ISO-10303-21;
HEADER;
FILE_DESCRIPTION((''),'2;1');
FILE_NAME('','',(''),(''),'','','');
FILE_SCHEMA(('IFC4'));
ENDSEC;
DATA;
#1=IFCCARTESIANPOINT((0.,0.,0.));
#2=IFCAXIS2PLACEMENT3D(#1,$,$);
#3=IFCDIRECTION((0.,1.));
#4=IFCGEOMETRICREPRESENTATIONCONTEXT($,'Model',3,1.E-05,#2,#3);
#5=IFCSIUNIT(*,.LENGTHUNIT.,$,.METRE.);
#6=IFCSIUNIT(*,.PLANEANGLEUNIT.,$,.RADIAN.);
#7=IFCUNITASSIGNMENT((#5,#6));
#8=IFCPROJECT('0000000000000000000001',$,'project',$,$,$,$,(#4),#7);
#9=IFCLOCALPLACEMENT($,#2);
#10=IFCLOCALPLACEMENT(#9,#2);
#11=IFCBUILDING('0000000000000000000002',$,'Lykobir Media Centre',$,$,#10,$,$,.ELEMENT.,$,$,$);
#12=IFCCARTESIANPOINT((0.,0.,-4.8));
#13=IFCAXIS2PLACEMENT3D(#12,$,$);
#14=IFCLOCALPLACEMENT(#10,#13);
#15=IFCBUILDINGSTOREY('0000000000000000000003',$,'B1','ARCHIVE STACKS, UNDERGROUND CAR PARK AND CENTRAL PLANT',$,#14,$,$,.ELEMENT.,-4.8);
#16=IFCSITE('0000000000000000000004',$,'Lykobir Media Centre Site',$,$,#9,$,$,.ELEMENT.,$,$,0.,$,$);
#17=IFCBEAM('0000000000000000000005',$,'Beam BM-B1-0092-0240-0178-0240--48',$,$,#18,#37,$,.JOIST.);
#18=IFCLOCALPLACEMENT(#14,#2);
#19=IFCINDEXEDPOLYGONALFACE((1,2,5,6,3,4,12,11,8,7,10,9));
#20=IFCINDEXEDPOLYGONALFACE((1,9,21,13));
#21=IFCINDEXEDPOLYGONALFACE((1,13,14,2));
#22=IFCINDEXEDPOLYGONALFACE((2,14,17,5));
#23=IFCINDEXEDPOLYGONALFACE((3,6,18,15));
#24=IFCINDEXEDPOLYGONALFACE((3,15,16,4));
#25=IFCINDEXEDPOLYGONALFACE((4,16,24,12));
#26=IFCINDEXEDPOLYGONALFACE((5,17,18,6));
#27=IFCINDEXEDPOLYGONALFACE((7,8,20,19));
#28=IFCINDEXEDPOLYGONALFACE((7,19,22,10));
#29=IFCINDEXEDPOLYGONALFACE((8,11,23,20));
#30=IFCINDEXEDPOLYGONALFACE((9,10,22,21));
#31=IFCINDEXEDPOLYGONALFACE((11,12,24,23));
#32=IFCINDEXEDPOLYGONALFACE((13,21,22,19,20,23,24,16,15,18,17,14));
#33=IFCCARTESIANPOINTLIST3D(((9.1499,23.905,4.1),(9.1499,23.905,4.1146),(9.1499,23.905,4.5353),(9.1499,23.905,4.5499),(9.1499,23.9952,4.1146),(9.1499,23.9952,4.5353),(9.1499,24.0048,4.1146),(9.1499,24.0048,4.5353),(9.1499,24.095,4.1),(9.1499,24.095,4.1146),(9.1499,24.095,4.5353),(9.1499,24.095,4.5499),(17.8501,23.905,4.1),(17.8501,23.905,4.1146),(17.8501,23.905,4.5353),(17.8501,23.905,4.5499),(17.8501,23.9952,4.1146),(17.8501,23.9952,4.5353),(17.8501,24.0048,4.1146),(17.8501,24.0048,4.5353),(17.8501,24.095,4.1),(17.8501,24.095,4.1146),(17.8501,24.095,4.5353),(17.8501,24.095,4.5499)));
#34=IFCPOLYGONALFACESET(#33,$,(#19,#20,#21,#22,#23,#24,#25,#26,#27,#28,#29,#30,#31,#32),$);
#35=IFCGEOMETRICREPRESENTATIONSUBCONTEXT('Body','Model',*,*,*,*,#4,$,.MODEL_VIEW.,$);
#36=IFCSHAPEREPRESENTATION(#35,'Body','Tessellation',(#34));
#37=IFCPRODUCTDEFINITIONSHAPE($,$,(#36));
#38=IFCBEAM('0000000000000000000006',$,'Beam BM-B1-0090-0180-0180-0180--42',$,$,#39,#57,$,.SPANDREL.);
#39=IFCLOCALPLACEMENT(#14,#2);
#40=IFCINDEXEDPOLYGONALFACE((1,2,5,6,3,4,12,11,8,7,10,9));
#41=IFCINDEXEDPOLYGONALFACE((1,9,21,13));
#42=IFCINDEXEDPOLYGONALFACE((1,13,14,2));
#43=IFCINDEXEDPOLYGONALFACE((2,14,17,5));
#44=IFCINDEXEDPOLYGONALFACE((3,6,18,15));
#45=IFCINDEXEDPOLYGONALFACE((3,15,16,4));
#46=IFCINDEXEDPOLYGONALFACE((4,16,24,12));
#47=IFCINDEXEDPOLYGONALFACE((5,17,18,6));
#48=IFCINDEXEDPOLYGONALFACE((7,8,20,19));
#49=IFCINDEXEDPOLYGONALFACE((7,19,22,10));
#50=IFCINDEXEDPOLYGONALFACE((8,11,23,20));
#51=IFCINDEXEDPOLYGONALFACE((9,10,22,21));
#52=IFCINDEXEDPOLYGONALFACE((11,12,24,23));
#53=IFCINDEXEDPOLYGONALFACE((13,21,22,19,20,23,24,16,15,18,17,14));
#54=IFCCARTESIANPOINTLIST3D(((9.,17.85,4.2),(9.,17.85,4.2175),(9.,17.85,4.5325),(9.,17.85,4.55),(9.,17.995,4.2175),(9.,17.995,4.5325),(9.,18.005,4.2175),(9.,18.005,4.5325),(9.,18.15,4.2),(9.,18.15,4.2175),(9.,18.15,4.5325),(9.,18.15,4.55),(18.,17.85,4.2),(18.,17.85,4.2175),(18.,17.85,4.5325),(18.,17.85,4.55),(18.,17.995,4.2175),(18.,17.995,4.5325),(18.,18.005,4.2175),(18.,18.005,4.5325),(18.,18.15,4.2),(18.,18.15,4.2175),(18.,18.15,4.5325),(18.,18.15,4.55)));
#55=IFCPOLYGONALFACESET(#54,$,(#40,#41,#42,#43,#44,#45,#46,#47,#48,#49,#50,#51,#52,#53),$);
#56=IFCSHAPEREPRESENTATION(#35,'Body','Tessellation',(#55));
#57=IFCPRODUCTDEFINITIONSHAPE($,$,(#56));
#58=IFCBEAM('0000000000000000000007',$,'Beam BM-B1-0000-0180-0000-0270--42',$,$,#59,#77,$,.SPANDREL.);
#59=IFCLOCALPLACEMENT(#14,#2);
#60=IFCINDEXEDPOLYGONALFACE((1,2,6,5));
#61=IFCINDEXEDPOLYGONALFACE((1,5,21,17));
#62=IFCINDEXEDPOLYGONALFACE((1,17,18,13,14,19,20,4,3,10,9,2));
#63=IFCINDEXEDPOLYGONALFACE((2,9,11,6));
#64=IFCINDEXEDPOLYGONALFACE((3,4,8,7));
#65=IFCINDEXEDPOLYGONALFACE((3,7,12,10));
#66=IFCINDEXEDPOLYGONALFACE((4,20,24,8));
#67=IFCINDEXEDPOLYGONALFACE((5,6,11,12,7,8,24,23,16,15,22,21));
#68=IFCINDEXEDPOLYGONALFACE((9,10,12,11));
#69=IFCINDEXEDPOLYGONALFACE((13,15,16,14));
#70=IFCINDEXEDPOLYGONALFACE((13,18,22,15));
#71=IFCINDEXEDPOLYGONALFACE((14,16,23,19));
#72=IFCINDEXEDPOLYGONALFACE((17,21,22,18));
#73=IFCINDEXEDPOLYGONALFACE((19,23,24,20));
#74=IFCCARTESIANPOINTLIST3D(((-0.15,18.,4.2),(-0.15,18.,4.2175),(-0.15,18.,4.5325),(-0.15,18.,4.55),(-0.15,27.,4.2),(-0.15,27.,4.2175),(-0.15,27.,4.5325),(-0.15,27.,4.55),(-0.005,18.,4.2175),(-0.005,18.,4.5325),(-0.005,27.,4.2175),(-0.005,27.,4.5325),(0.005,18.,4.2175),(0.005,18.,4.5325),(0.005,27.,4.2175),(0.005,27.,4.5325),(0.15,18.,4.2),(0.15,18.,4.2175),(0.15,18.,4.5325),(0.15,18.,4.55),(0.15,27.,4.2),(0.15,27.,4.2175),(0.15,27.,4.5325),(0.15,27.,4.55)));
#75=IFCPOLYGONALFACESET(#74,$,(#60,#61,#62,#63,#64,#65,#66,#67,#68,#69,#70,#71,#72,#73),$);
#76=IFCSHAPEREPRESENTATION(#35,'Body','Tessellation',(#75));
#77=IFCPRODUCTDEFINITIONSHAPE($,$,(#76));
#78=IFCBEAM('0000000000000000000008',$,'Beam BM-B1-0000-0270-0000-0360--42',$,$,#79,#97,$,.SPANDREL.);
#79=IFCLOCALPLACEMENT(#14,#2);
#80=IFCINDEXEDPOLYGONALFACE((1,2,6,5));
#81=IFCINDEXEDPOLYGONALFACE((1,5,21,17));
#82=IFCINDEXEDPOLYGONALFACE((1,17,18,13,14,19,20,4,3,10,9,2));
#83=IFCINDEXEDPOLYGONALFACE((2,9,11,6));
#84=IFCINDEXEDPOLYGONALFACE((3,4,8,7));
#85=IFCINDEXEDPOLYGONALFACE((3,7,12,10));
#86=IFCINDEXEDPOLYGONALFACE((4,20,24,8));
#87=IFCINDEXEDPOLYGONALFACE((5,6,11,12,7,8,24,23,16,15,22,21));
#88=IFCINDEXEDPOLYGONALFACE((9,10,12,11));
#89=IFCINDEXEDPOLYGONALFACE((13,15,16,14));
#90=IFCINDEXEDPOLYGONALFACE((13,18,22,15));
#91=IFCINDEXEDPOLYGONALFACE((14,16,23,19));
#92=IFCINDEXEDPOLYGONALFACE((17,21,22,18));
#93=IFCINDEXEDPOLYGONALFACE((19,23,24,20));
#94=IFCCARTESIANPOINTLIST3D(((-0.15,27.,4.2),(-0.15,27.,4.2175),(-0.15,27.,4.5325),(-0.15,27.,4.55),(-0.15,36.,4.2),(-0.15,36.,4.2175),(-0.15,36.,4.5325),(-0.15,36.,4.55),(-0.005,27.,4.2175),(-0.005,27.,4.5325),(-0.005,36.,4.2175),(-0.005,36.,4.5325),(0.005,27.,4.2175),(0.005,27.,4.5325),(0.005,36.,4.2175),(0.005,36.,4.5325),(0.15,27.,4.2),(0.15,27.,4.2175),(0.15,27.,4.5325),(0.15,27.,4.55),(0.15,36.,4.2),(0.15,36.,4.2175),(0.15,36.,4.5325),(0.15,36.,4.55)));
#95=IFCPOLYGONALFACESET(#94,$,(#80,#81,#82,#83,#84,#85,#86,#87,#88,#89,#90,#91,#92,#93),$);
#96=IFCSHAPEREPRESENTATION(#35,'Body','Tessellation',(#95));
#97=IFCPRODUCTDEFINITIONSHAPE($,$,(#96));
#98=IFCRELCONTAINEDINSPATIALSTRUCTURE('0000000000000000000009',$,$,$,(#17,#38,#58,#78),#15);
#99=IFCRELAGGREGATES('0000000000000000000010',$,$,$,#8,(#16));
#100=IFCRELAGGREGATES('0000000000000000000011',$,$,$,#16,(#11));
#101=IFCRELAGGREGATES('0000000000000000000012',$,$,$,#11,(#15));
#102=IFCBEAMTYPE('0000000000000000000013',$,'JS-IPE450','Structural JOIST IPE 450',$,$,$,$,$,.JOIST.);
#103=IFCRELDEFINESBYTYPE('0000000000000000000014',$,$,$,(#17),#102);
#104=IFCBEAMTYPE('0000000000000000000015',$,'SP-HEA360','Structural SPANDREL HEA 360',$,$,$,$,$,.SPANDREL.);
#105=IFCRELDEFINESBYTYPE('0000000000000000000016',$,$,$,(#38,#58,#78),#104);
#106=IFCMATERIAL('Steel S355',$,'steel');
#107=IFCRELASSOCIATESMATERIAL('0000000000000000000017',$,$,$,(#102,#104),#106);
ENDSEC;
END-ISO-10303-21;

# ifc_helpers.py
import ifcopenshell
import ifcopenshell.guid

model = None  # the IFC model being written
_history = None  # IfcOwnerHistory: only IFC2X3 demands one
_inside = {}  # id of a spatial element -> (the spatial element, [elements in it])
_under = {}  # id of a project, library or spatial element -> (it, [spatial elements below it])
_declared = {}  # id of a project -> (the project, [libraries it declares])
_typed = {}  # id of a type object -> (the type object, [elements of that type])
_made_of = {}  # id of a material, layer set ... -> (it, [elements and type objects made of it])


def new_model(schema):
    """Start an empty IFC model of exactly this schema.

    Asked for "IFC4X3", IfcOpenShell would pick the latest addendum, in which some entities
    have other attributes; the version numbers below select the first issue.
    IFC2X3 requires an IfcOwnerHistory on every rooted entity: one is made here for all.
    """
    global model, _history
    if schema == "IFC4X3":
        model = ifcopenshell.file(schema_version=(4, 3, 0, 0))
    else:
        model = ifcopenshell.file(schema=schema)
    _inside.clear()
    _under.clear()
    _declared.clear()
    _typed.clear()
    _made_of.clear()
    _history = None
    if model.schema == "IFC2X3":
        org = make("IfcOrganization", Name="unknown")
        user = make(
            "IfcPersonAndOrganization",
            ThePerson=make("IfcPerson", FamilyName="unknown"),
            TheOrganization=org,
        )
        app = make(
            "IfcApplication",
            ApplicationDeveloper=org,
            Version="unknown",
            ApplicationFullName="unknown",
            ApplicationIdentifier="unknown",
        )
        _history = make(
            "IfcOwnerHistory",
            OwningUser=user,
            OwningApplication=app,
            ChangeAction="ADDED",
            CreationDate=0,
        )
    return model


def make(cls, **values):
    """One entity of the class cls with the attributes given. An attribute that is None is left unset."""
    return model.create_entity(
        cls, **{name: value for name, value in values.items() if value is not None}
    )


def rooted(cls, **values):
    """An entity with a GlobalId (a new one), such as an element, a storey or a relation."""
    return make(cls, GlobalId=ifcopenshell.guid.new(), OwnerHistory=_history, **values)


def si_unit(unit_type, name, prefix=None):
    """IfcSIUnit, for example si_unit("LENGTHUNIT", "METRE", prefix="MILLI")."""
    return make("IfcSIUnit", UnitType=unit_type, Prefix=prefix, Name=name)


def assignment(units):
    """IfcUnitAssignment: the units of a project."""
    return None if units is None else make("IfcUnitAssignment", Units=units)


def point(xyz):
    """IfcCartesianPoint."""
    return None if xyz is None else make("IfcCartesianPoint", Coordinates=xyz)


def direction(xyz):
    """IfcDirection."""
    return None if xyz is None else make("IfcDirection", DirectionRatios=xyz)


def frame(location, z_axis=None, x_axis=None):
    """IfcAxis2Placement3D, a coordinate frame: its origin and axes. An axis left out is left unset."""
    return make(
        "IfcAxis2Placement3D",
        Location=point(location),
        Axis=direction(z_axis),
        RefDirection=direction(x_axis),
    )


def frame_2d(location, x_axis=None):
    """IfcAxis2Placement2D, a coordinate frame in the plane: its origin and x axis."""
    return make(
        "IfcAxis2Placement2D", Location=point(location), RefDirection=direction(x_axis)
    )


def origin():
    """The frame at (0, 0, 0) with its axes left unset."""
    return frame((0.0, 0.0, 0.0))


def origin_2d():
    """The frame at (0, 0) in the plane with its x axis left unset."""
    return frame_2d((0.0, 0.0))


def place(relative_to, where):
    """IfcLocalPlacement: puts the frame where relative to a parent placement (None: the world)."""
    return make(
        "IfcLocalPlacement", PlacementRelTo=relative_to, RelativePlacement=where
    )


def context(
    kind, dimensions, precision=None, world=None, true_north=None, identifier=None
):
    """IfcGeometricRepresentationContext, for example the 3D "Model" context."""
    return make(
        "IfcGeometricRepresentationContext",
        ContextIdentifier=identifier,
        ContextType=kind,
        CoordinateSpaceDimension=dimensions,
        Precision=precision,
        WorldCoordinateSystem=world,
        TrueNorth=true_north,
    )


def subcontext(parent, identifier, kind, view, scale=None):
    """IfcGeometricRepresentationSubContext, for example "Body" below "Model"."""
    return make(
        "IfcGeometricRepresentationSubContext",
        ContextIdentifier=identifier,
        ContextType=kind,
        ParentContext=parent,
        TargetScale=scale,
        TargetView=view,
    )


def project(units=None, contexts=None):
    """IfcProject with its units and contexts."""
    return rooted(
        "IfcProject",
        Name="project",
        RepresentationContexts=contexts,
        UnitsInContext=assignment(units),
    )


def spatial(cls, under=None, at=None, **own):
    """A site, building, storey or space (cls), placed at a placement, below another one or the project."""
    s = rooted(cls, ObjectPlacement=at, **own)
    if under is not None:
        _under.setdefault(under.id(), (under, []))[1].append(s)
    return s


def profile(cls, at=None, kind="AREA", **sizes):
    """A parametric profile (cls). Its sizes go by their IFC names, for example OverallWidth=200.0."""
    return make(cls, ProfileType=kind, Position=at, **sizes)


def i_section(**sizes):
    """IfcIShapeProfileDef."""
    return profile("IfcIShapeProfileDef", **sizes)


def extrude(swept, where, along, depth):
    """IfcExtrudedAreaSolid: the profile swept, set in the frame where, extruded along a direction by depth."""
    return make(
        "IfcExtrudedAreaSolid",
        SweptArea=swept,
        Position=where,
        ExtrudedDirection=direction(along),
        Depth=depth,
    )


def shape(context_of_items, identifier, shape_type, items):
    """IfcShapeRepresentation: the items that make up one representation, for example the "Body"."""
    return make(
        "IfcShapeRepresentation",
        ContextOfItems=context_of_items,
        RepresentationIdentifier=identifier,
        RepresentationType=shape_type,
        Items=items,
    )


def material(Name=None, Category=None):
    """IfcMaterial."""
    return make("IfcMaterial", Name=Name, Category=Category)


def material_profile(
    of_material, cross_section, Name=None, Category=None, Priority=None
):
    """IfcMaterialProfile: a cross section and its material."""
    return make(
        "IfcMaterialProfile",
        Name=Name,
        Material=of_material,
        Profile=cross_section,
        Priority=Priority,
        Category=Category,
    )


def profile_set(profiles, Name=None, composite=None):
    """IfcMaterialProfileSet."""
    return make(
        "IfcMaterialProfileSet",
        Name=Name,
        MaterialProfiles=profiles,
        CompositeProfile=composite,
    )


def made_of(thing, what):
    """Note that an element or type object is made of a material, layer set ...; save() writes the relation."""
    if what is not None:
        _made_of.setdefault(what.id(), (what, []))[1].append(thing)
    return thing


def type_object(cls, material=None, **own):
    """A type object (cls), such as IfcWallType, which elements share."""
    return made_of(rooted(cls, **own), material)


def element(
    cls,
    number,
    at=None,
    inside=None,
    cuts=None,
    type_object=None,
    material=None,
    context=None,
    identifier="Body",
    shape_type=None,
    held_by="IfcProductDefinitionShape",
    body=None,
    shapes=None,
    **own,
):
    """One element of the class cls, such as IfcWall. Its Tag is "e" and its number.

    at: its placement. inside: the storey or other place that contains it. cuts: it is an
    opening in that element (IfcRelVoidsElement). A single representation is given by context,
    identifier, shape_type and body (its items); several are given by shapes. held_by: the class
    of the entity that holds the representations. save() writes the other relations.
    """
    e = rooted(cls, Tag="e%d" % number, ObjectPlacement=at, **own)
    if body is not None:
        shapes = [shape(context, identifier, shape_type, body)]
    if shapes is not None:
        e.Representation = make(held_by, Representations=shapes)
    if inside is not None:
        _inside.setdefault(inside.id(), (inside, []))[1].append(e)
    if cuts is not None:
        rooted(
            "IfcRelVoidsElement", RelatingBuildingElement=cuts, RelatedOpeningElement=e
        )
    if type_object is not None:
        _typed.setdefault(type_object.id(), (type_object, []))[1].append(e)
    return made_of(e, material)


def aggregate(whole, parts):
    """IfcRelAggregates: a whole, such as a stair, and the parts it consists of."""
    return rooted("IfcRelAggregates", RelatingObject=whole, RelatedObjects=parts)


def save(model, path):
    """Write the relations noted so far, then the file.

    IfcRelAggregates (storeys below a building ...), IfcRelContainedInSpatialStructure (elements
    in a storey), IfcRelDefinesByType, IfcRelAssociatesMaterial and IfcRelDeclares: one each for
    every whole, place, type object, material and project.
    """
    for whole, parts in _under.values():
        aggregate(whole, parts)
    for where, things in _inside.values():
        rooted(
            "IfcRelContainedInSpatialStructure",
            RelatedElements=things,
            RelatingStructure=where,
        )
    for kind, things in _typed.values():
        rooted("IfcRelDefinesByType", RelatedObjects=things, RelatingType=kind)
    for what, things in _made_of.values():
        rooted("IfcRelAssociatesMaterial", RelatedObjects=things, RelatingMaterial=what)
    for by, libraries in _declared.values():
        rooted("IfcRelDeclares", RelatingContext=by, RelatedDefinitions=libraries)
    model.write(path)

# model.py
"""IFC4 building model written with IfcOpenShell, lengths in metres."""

from ifc_helpers import new_model, si_unit, direction, frame, origin, origin_2d, place, context, subcontext, project, spatial, i_section, extrude, material, material_profile, profile_set, type_object, element, save


model = new_model("IFC4")

# Units and contexts
model_context = context("Model", 3, precision=1e-05, world=origin(), true_north=direction((0.0, 1.0)))
body_context = subcontext(model_context, "Body", "Model", "MODEL_VIEW")
ifc_project = project(units=[si_unit("LENGTHUNIT", "METRE"), si_unit("PLANEANGLEUNIT", "RADIAN")], contexts=[model_context])

# Site, building, storey
site_placement = place(None, origin())
site = spatial("IfcSite", under=ifc_project, at=site_placement, Name="Lykobir Media Centre Site", CompositionType="ELEMENT", RefElevation=0.0)
building_placement = place(site_placement, origin())
building = spatial("IfcBuilding", under=site, at=building_placement, Name="Lykobir Media Centre", CompositionType="ELEMENT")
storey_placement = place(building_placement, frame((0.0, 0.0, -4.8)))
storey = spatial("IfcBuildingStorey", under=building, at=storey_placement, Name="B1", Description="ARCHIVE STACKS, UNDERGROUND CAR PARK AND CENTRAL PLANT", CompositionType="ELEMENT", Elevation=-4.8)

# Beams
ifc_material_1 = material(Name="Steel S355", Category="steel")
ifc_material_profile_1 = material_profile(ifc_material_1, i_section(OverallWidth=0.1899, OverallDepth=0.45, WebThickness=0.0095, FlangeThickness=0.0146, at=origin_2d()), Name="IPE 450")
ifc_profile_set_1 = profile_set([ifc_material_profile_1], Name="Steel S355")
beam_type_1 = type_object("IfcBeamType", Name="JS-IPE450", Description="Structural JOIST IPE 450", PredefinedType="JOIST", material=ifc_profile_set_1)
for number, where, z_axis, x_axis, name in (
    (1, (9.1499, 24.0, 4.325), (1.0, 0.0, 0.0), (0.0, 1.0, 0.0), "Beam BM-B1-0092-0240-0178-0240--48"),
):
    element("IfcBeam", number, at=place(storey_placement, frame(where, z_axis=z_axis, x_axis=x_axis)), inside=storey, type_object=beam_type_1, Name=name, PredefinedType="JOIST", context=body_context, shape_type="SweptSolid", body=[
        extrude(i_section(OverallWidth=0.1899, OverallDepth=0.45, WebThickness=0.0095, FlangeThickness=0.0146, at=origin_2d()), origin(), (0.0, 0.0, 1.0), 8.7002),
    ])
ifc_material_profile_2 = material_profile(ifc_material_1, i_section(OverallWidth=0.3, OverallDepth=0.3501, WebThickness=0.01, FlangeThickness=0.0176, at=origin_2d()), Name="HEA 360")
ifc_profile_set_2 = profile_set([ifc_material_profile_2], Name="Steel S355")
beam_type_2 = type_object("IfcBeamType", Name="SP-HEA360", Description="Structural SPANDREL HEA 360", PredefinedType="SPANDREL", material=ifc_profile_set_2)
for number, where, z_axis, x_axis, name in (
    (2, (9.0, 18.0, 4.375), (1.0, 0.0, 0.0), (0.0, 1.0, 0.0), "Beam BM-B1-0090-0180-0180-0180--42"),
    (3, (0.0, 18.0, 4.375), (0.0, 1.0, 0.0), (-1.0, 0.0, 0.0), "Beam BM-B1-0000-0180-0000-0270--42"),
    (4, (0.0, 27.0, 4.375), (0.0, 1.0, 0.0), (-1.0, 0.0, 0.0), "Beam BM-B1-0000-0270-0000-0360--42"),
):
    element("IfcBeam", number, at=place(storey_placement, frame(where, z_axis=z_axis, x_axis=x_axis)), inside=storey, type_object=beam_type_2, Name=name, PredefinedType="SPANDREL", context=body_context, shape_type="SweptSolid", body=[
        extrude(i_section(OverallWidth=0.3, OverallDepth=0.3501, WebThickness=0.01, FlangeThickness=0.0176, at=origin_2d()), origin(), (0.0, 0.0, 1.0), 9.0),
    ])

save(model, "model.ifc")
